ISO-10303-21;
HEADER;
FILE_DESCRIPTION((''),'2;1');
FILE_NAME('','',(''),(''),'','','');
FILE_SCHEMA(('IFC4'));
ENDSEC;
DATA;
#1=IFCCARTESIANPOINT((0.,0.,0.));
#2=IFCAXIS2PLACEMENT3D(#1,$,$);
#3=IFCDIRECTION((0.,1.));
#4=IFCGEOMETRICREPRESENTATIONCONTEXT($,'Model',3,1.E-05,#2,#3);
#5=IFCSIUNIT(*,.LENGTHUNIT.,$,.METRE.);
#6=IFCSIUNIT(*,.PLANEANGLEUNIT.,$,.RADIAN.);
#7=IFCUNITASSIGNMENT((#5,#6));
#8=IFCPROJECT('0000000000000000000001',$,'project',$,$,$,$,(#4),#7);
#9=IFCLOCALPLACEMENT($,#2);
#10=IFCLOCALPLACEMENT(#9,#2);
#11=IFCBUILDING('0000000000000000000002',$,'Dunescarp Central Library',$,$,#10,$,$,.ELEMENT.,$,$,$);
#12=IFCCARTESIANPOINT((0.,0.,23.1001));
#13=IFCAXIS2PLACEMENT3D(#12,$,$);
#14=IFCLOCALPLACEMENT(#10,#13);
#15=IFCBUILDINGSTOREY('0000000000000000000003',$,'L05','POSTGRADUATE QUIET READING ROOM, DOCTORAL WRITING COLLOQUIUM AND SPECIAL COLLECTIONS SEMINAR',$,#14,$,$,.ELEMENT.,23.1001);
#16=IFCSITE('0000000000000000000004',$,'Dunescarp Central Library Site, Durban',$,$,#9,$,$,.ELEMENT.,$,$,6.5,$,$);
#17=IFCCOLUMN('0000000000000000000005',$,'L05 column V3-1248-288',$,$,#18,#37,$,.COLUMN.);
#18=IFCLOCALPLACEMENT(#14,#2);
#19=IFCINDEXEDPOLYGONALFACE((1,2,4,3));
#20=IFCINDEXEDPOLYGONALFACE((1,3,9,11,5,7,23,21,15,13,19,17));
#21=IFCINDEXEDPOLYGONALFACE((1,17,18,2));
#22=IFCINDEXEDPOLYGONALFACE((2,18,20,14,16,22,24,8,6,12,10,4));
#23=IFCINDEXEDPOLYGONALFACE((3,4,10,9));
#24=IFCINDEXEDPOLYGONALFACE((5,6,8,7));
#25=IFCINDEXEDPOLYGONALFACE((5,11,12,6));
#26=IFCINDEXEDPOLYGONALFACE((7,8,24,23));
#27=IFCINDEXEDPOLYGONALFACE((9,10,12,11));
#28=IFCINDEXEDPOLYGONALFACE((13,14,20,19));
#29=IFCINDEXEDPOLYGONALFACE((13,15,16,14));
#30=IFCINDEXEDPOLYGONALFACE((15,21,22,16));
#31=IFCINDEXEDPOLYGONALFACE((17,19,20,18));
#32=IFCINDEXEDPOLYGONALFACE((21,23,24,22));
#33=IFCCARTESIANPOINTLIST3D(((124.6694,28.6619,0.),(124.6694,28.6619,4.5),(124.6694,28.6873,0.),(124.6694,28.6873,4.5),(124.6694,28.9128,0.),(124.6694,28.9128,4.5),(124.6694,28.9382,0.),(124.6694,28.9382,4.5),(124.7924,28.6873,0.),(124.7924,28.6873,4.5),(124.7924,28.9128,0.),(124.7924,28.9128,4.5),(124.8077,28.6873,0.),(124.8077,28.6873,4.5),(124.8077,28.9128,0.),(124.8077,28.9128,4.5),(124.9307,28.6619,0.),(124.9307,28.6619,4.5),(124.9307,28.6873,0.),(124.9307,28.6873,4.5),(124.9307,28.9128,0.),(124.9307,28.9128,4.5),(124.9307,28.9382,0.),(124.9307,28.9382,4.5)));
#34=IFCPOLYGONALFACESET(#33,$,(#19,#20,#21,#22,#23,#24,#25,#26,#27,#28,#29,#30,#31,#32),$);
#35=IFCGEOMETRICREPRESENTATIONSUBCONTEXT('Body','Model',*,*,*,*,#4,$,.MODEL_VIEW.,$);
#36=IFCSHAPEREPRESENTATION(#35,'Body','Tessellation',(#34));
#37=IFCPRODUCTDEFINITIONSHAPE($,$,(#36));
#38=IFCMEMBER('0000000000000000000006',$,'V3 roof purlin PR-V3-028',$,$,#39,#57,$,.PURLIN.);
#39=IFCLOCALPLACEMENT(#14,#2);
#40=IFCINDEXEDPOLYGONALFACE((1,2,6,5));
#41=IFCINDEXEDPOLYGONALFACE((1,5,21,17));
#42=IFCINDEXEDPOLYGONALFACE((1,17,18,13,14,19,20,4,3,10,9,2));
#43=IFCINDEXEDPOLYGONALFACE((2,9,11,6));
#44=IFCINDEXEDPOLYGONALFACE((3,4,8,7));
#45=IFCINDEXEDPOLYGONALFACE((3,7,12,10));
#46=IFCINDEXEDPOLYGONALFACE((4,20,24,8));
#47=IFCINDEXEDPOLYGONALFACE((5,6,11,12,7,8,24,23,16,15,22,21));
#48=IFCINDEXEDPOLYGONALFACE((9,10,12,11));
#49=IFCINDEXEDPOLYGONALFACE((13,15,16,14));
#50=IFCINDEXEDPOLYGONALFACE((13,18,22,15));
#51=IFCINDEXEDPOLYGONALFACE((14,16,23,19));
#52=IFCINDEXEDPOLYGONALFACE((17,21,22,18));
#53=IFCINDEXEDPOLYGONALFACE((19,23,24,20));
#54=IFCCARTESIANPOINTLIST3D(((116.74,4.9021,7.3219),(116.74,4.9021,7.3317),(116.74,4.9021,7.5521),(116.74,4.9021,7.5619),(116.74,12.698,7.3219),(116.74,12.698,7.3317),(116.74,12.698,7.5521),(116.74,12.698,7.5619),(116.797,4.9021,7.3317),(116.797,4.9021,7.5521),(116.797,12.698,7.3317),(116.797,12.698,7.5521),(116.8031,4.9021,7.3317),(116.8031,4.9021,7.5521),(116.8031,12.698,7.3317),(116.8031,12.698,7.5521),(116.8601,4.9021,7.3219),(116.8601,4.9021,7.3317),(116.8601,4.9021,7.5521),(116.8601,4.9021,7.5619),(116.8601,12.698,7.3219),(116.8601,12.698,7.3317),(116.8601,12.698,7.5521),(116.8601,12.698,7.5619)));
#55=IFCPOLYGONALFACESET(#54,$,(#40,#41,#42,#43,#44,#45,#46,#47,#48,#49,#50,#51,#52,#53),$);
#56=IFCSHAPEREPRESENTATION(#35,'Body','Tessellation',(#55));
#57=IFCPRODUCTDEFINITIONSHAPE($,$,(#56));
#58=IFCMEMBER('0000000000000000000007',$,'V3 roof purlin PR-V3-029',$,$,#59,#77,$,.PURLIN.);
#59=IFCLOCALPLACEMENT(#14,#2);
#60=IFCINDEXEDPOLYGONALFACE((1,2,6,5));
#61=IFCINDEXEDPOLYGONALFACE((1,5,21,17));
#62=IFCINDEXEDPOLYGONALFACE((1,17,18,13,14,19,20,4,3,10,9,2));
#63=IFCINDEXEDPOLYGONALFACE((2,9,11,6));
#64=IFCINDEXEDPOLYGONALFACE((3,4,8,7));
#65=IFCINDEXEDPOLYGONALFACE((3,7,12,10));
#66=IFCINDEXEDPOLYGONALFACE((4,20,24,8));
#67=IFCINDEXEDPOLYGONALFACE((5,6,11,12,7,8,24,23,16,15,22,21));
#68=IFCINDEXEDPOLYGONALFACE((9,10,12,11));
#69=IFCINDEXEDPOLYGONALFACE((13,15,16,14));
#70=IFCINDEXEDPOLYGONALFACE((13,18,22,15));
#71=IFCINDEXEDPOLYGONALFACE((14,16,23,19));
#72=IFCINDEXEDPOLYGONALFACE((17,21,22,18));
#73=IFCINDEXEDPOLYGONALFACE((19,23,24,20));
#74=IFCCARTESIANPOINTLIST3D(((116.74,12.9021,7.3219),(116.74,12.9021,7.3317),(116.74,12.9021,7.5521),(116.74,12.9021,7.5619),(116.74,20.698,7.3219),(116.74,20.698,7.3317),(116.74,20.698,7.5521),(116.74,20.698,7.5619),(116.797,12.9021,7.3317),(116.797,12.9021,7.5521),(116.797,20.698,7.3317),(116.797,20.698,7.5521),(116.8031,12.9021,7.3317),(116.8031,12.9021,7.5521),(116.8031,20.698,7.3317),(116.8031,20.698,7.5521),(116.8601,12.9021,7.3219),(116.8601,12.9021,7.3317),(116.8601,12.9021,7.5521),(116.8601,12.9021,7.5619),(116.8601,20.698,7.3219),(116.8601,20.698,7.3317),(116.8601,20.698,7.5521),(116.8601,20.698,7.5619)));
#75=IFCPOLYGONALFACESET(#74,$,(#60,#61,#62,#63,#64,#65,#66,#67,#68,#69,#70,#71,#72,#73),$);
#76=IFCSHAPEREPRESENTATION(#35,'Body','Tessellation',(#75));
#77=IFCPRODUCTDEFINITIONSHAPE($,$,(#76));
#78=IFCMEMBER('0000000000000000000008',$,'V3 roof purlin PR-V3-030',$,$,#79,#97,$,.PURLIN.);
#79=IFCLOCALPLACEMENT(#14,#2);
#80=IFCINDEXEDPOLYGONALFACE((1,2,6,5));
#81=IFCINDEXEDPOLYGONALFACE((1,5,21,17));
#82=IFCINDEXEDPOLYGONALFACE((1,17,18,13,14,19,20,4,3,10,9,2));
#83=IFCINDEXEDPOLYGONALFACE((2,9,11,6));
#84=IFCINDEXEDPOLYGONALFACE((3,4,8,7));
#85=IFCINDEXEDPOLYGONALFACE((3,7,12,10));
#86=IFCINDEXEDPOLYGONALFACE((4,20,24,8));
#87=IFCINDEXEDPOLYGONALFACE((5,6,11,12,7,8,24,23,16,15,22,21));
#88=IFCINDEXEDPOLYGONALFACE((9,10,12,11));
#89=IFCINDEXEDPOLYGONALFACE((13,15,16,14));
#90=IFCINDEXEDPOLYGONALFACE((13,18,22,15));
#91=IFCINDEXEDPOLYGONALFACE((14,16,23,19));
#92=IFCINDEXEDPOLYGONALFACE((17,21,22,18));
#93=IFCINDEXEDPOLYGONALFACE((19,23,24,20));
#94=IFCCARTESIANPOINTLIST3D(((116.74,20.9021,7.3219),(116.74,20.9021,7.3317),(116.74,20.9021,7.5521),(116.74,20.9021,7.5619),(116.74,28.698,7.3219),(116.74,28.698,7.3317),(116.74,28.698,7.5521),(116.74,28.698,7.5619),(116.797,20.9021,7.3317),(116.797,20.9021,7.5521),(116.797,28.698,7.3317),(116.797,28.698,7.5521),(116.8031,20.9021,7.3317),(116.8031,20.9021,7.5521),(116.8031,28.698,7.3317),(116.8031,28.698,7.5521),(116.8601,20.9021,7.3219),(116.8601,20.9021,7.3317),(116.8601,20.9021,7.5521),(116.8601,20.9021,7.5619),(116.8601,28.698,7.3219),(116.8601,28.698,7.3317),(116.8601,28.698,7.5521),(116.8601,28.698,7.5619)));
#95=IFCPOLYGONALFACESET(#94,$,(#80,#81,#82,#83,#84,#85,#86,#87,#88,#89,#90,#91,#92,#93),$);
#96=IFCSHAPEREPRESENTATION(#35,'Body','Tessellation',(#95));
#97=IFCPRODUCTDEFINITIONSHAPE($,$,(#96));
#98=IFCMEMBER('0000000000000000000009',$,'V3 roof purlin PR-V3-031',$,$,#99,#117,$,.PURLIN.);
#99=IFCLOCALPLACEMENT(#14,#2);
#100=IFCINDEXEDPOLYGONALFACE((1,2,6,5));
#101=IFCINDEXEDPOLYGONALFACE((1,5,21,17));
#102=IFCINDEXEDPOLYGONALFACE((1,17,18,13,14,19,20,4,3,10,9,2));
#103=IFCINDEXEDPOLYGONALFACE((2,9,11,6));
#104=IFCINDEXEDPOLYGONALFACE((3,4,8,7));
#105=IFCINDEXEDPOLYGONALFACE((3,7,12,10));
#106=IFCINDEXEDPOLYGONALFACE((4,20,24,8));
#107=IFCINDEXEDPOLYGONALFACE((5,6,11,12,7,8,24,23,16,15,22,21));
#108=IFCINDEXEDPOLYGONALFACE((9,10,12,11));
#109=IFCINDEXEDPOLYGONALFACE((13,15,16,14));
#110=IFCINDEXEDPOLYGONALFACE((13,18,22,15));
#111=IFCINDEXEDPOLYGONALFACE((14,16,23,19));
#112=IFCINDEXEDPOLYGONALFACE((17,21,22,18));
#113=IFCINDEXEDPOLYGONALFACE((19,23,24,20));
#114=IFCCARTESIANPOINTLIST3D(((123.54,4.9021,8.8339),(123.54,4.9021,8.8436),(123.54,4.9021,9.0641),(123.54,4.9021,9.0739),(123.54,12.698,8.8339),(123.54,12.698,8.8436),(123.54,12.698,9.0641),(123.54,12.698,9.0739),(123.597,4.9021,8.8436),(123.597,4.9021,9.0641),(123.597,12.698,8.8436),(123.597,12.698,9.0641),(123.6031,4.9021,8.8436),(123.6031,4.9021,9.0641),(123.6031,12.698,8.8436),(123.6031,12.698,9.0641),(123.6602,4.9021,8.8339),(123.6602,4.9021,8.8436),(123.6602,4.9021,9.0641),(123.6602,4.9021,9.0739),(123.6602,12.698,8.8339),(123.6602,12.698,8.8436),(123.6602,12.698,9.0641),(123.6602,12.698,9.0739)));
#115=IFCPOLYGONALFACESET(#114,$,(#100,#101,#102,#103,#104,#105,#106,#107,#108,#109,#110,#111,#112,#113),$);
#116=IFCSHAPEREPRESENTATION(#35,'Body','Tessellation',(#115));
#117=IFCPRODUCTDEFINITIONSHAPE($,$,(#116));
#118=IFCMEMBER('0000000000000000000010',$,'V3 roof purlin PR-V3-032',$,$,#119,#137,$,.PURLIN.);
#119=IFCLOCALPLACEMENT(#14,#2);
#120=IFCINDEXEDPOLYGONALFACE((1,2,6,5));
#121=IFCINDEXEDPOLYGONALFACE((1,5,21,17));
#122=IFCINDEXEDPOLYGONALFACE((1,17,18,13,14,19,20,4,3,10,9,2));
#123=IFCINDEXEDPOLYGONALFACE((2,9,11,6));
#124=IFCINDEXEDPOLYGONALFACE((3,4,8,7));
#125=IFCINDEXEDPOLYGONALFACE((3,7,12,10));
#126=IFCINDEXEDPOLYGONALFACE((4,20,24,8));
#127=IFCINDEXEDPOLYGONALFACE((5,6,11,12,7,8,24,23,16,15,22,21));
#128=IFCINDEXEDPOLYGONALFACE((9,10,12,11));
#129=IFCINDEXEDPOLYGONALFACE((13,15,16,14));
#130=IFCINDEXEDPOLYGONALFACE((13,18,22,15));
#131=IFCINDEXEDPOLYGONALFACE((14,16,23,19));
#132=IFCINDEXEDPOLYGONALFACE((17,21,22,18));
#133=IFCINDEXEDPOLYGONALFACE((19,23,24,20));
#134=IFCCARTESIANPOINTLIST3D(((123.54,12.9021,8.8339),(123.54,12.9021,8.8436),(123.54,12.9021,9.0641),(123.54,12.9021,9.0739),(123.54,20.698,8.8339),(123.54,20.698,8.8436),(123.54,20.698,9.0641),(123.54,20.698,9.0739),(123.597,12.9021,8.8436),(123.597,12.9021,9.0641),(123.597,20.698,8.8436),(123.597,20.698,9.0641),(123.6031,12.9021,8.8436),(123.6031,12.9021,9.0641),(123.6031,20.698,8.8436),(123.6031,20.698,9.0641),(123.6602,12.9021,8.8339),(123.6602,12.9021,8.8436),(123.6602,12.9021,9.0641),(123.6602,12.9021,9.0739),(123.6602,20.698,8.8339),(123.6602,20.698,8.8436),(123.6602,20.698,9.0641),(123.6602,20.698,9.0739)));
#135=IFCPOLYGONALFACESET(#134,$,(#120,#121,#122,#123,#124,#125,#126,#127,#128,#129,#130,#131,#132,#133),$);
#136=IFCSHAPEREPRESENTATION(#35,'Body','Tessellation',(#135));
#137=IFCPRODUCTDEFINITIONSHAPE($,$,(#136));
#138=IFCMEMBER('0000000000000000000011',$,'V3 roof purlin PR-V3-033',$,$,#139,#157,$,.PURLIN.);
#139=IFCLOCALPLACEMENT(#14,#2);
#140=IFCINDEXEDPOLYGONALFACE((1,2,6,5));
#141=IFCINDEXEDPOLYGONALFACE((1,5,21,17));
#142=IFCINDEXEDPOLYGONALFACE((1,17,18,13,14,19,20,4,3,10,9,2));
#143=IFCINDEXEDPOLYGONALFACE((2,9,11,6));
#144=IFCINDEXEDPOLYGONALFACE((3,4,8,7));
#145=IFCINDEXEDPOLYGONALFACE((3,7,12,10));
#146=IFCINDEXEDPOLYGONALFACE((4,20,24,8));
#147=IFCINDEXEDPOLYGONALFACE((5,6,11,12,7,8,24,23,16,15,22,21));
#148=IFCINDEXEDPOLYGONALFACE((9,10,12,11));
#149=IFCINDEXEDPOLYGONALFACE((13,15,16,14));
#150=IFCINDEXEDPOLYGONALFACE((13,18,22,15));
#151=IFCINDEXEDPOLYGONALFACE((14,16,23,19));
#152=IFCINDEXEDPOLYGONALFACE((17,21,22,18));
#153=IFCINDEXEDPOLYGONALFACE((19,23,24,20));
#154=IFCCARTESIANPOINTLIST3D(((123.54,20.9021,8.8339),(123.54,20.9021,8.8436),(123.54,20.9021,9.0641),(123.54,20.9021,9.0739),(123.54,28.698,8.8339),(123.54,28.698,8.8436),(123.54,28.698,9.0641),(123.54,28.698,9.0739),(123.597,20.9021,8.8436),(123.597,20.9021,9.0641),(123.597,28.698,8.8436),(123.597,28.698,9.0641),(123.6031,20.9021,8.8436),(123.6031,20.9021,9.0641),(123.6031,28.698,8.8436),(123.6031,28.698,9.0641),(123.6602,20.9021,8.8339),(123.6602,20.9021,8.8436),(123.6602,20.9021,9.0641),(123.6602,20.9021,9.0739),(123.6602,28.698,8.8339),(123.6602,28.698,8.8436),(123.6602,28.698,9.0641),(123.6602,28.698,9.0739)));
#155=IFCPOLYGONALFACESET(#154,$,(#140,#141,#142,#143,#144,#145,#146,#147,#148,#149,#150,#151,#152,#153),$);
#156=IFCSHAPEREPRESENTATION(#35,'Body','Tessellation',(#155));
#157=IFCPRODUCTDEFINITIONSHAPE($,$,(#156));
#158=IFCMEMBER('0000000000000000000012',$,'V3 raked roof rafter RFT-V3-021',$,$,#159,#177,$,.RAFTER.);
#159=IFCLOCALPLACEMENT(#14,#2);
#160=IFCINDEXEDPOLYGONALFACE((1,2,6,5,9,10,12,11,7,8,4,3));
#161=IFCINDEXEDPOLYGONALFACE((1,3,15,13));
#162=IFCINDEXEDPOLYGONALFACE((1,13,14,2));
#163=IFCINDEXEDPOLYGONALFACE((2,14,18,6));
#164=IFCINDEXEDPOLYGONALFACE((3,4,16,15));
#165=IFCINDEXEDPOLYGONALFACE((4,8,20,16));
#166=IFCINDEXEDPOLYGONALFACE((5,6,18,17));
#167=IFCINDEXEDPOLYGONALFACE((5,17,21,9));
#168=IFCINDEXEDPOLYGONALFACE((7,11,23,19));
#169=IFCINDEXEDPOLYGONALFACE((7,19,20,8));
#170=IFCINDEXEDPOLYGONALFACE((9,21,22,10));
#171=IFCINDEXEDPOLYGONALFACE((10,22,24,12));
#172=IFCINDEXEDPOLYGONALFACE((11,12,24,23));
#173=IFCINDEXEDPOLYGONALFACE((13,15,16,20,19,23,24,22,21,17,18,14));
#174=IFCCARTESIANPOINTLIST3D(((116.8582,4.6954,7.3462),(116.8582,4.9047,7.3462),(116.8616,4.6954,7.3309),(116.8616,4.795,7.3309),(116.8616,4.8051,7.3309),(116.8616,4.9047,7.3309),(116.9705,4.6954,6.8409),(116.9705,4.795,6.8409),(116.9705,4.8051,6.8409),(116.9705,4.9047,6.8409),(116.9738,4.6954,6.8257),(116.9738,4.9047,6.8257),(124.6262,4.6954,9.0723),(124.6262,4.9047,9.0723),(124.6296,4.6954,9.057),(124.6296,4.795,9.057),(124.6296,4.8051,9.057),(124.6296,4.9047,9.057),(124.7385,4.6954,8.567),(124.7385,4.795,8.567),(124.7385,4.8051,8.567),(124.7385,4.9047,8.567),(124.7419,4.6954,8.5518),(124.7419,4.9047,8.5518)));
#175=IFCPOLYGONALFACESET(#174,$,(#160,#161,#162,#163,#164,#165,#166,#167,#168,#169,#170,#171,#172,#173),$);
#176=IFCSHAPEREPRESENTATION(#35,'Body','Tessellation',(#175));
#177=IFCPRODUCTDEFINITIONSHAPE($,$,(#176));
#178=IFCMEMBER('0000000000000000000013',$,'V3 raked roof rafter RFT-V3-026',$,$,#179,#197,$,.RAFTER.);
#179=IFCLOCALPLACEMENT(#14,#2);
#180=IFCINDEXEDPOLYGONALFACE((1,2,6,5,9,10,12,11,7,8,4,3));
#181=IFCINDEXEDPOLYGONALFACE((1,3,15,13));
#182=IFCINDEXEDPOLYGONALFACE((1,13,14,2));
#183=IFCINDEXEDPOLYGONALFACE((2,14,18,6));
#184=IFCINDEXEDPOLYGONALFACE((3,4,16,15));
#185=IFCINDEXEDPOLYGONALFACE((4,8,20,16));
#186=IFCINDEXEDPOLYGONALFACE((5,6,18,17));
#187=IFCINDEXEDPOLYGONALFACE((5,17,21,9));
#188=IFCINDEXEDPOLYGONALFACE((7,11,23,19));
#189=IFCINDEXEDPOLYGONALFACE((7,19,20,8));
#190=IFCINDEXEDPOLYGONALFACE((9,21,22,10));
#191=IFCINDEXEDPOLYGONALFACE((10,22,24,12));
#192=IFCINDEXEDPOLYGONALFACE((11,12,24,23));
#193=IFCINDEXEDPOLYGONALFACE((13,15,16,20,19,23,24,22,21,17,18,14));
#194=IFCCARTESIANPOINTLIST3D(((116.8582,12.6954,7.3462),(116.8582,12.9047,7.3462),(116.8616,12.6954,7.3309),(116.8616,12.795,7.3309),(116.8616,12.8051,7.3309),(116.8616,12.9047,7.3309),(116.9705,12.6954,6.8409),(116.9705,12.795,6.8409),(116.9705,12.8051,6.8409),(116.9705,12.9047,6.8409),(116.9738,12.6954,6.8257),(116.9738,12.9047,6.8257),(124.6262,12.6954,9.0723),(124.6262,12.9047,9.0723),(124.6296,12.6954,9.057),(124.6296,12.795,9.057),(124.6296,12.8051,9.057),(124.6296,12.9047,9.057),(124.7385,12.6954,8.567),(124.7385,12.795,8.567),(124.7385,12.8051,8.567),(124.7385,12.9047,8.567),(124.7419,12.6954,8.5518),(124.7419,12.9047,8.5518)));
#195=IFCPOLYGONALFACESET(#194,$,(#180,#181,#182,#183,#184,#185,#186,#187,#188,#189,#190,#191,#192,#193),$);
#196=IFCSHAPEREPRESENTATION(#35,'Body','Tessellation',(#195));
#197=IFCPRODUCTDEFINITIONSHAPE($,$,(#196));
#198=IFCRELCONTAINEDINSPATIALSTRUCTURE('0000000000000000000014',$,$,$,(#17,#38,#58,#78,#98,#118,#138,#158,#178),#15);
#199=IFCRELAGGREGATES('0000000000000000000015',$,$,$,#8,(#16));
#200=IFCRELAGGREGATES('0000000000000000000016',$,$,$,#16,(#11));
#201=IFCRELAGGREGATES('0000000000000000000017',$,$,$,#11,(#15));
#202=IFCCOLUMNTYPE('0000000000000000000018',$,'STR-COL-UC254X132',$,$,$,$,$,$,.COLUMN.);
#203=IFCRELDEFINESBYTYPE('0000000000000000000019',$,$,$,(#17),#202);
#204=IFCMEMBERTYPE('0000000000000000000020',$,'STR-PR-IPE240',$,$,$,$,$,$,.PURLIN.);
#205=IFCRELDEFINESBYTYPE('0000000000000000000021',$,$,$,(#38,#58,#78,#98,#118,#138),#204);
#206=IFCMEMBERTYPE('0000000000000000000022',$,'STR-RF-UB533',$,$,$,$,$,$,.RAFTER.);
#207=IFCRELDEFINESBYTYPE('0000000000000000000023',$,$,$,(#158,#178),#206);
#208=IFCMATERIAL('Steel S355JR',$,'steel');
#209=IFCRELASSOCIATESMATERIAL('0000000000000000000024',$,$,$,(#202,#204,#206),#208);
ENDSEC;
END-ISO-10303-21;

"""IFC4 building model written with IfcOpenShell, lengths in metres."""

from ifc_helpers import new_model, si_unit, direction, frame, origin, origin_2d, place, context, subcontext, project, spatial, i_section, extrude, material, material_profile, profile_set, type_object, element, save


model = new_model("IFC4")

# Units and contexts
model_context = context("Model", 3, precision=1e-05, world=origin(), true_north=direction((0.0, 1.0)))
body_context = subcontext(model_context, "Body", "Model", "MODEL_VIEW")
ifc_project = project(units=[si_unit("LENGTHUNIT", "METRE"), si_unit("PLANEANGLEUNIT", "RADIAN")], contexts=[model_context])

# Site, building, storey
site_placement = place(None, origin())
site = spatial("IfcSite", under=ifc_project, at=site_placement, Name="Dunescarp Central Library Site, Durban", CompositionType="ELEMENT", RefElevation=6.5)
building_placement = place(site_placement, origin())
building = spatial("IfcBuilding", under=site, at=building_placement, Name="Dunescarp Central Library", CompositionType="ELEMENT")
storey_placement = place(building_placement, frame((0.0, 0.0, 23.1001)))
storey = spatial("IfcBuildingStorey", under=building, at=storey_placement, Name="L05", Description="POSTGRADUATE QUIET READING ROOM, DOCTORAL WRITING COLLOQUIUM AND SPECIAL COLLECTIONS SEMINAR", CompositionType="ELEMENT", Elevation=23.1001)

# Column
ifc_material = material(Name="Steel S355JR", Category="steel")
ifc_material_profile_1 = material_profile(ifc_material, i_section(OverallWidth=0.2612, OverallDepth=0.2764, WebThickness=0.0154, FlangeThickness=0.0254, at=origin_2d()), Name="UC 254x254x132")
ifc_profile_set_1 = profile_set([ifc_material_profile_1], Name="Steel S355JR")
column_type_1 = type_object("IfcColumnType", Name="STR-COL-UC254X132", PredefinedType="COLUMN", material=ifc_profile_set_1)
for number, where, z_axis, x_axis, name in (
    (1, (124.8, 28.8, 0.0), (0.0, 0.0, 1.0), (1.0, 0.0, 0.0), "L05 column V3-1248-288"),
):
    element("IfcColumn", number, at=place(storey_placement, frame(where, z_axis=z_axis, x_axis=x_axis)), inside=storey, type_object=column_type_1, Name=name, PredefinedType="COLUMN", context=body_context, shape_type="SweptSolid", body=[
        extrude(i_section(OverallWidth=0.2612, OverallDepth=0.2764, WebThickness=0.0154, FlangeThickness=0.0254, at=origin_2d()), origin(), (0.0, 0.0, 1.0), 4.5),
    ])

# Members
ifc_material_profile_2 = material_profile(ifc_material, i_section(OverallWidth=0.1201, OverallDepth=0.24, WebThickness=0.0061, FlangeThickness=0.0098, at=origin_2d()), Name="IPE 240")
ifc_profile_set_2 = profile_set([ifc_material_profile_2], Name="Steel S355JR")
member_type_1 = type_object("IfcMemberType", Name="STR-PR-IPE240", PredefinedType="PURLIN", material=ifc_profile_set_2)
for number, where, z_axis, x_axis, name in (
    (2, (116.8, 4.9021, 7.4419), (0.0, 1.0, 0.0), (-1.0, 0.0, 0.0), "V3 roof purlin PR-V3-028"),
    (3, (116.8, 12.9021, 7.4419), (0.0, 1.0, 0.0), (-1.0, 0.0, 0.0), "V3 roof purlin PR-V3-029"),
    (4, (116.8, 20.9021, 7.4419), (0.0, 1.0, 0.0), (-1.0, 0.0, 0.0), "V3 roof purlin PR-V3-030"),
    (5, (123.6001, 4.9021, 8.9539), (0.0, 1.0, 0.0), (-1.0, 0.0, 0.0), "V3 roof purlin PR-V3-031"),
    (6, (123.6001, 12.9021, 8.9539), (0.0, 1.0, 0.0), (-1.0, 0.0, 0.0), "V3 roof purlin PR-V3-032"),
    (7, (123.6001, 20.9021, 8.9539), (0.0, 1.0, 0.0), (-1.0, 0.0, 0.0), "V3 roof purlin PR-V3-033"),
):
    element("IfcMember", number, at=place(storey_placement, frame(where, z_axis=z_axis, x_axis=x_axis)), inside=storey, type_object=member_type_1, Name=name, PredefinedType="PURLIN", context=body_context, shape_type="SweptSolid", body=[
        extrude(i_section(OverallWidth=0.1201, OverallDepth=0.24, WebThickness=0.0061, FlangeThickness=0.0098, at=origin_2d()), origin(), (0.0, 0.0, 1.0), 7.7959),
    ])
ifc_material_profile_3 = material_profile(ifc_material, i_section(OverallWidth=0.2092, OverallDepth=0.5332, WebThickness=0.01, FlangeThickness=0.0156, at=origin_2d()), Name="UB 533x210x92")
ifc_profile_set_3 = profile_set([ifc_material_profile_3], Name="Steel S355JR")
member_type_2 = type_object("IfcMemberType", Name="STR-RF-UB533", PredefinedType="RAFTER", material=ifc_profile_set_3)
for number, where, z_axis, x_axis, name in (
    (8, (116.916, 4.8, 7.0859), (0.976191, 0.0, 0.216911), (0.0, 1.0, 0.0), "V3 raked roof rafter RFT-V3-021"),
    (9, (116.916, 12.8, 7.0859), (0.976191, 0.0, 0.216911), (0.0, 1.0, 0.0), "V3 raked roof rafter RFT-V3-026"),
):
    element("IfcMember", number, at=place(storey_placement, frame(where, z_axis=z_axis, x_axis=x_axis)), inside=storey, type_object=member_type_2, Name=name, PredefinedType="RAFTER", context=body_context, shape_type="SweptSolid", body=[
        extrude(i_section(OverallWidth=0.2092, OverallDepth=0.5332, WebThickness=0.01, FlangeThickness=0.0156, at=origin_2d()), origin(), (0.0, 0.0, 1.0), 7.9575),
    ])

save(model, "model.ifc")
